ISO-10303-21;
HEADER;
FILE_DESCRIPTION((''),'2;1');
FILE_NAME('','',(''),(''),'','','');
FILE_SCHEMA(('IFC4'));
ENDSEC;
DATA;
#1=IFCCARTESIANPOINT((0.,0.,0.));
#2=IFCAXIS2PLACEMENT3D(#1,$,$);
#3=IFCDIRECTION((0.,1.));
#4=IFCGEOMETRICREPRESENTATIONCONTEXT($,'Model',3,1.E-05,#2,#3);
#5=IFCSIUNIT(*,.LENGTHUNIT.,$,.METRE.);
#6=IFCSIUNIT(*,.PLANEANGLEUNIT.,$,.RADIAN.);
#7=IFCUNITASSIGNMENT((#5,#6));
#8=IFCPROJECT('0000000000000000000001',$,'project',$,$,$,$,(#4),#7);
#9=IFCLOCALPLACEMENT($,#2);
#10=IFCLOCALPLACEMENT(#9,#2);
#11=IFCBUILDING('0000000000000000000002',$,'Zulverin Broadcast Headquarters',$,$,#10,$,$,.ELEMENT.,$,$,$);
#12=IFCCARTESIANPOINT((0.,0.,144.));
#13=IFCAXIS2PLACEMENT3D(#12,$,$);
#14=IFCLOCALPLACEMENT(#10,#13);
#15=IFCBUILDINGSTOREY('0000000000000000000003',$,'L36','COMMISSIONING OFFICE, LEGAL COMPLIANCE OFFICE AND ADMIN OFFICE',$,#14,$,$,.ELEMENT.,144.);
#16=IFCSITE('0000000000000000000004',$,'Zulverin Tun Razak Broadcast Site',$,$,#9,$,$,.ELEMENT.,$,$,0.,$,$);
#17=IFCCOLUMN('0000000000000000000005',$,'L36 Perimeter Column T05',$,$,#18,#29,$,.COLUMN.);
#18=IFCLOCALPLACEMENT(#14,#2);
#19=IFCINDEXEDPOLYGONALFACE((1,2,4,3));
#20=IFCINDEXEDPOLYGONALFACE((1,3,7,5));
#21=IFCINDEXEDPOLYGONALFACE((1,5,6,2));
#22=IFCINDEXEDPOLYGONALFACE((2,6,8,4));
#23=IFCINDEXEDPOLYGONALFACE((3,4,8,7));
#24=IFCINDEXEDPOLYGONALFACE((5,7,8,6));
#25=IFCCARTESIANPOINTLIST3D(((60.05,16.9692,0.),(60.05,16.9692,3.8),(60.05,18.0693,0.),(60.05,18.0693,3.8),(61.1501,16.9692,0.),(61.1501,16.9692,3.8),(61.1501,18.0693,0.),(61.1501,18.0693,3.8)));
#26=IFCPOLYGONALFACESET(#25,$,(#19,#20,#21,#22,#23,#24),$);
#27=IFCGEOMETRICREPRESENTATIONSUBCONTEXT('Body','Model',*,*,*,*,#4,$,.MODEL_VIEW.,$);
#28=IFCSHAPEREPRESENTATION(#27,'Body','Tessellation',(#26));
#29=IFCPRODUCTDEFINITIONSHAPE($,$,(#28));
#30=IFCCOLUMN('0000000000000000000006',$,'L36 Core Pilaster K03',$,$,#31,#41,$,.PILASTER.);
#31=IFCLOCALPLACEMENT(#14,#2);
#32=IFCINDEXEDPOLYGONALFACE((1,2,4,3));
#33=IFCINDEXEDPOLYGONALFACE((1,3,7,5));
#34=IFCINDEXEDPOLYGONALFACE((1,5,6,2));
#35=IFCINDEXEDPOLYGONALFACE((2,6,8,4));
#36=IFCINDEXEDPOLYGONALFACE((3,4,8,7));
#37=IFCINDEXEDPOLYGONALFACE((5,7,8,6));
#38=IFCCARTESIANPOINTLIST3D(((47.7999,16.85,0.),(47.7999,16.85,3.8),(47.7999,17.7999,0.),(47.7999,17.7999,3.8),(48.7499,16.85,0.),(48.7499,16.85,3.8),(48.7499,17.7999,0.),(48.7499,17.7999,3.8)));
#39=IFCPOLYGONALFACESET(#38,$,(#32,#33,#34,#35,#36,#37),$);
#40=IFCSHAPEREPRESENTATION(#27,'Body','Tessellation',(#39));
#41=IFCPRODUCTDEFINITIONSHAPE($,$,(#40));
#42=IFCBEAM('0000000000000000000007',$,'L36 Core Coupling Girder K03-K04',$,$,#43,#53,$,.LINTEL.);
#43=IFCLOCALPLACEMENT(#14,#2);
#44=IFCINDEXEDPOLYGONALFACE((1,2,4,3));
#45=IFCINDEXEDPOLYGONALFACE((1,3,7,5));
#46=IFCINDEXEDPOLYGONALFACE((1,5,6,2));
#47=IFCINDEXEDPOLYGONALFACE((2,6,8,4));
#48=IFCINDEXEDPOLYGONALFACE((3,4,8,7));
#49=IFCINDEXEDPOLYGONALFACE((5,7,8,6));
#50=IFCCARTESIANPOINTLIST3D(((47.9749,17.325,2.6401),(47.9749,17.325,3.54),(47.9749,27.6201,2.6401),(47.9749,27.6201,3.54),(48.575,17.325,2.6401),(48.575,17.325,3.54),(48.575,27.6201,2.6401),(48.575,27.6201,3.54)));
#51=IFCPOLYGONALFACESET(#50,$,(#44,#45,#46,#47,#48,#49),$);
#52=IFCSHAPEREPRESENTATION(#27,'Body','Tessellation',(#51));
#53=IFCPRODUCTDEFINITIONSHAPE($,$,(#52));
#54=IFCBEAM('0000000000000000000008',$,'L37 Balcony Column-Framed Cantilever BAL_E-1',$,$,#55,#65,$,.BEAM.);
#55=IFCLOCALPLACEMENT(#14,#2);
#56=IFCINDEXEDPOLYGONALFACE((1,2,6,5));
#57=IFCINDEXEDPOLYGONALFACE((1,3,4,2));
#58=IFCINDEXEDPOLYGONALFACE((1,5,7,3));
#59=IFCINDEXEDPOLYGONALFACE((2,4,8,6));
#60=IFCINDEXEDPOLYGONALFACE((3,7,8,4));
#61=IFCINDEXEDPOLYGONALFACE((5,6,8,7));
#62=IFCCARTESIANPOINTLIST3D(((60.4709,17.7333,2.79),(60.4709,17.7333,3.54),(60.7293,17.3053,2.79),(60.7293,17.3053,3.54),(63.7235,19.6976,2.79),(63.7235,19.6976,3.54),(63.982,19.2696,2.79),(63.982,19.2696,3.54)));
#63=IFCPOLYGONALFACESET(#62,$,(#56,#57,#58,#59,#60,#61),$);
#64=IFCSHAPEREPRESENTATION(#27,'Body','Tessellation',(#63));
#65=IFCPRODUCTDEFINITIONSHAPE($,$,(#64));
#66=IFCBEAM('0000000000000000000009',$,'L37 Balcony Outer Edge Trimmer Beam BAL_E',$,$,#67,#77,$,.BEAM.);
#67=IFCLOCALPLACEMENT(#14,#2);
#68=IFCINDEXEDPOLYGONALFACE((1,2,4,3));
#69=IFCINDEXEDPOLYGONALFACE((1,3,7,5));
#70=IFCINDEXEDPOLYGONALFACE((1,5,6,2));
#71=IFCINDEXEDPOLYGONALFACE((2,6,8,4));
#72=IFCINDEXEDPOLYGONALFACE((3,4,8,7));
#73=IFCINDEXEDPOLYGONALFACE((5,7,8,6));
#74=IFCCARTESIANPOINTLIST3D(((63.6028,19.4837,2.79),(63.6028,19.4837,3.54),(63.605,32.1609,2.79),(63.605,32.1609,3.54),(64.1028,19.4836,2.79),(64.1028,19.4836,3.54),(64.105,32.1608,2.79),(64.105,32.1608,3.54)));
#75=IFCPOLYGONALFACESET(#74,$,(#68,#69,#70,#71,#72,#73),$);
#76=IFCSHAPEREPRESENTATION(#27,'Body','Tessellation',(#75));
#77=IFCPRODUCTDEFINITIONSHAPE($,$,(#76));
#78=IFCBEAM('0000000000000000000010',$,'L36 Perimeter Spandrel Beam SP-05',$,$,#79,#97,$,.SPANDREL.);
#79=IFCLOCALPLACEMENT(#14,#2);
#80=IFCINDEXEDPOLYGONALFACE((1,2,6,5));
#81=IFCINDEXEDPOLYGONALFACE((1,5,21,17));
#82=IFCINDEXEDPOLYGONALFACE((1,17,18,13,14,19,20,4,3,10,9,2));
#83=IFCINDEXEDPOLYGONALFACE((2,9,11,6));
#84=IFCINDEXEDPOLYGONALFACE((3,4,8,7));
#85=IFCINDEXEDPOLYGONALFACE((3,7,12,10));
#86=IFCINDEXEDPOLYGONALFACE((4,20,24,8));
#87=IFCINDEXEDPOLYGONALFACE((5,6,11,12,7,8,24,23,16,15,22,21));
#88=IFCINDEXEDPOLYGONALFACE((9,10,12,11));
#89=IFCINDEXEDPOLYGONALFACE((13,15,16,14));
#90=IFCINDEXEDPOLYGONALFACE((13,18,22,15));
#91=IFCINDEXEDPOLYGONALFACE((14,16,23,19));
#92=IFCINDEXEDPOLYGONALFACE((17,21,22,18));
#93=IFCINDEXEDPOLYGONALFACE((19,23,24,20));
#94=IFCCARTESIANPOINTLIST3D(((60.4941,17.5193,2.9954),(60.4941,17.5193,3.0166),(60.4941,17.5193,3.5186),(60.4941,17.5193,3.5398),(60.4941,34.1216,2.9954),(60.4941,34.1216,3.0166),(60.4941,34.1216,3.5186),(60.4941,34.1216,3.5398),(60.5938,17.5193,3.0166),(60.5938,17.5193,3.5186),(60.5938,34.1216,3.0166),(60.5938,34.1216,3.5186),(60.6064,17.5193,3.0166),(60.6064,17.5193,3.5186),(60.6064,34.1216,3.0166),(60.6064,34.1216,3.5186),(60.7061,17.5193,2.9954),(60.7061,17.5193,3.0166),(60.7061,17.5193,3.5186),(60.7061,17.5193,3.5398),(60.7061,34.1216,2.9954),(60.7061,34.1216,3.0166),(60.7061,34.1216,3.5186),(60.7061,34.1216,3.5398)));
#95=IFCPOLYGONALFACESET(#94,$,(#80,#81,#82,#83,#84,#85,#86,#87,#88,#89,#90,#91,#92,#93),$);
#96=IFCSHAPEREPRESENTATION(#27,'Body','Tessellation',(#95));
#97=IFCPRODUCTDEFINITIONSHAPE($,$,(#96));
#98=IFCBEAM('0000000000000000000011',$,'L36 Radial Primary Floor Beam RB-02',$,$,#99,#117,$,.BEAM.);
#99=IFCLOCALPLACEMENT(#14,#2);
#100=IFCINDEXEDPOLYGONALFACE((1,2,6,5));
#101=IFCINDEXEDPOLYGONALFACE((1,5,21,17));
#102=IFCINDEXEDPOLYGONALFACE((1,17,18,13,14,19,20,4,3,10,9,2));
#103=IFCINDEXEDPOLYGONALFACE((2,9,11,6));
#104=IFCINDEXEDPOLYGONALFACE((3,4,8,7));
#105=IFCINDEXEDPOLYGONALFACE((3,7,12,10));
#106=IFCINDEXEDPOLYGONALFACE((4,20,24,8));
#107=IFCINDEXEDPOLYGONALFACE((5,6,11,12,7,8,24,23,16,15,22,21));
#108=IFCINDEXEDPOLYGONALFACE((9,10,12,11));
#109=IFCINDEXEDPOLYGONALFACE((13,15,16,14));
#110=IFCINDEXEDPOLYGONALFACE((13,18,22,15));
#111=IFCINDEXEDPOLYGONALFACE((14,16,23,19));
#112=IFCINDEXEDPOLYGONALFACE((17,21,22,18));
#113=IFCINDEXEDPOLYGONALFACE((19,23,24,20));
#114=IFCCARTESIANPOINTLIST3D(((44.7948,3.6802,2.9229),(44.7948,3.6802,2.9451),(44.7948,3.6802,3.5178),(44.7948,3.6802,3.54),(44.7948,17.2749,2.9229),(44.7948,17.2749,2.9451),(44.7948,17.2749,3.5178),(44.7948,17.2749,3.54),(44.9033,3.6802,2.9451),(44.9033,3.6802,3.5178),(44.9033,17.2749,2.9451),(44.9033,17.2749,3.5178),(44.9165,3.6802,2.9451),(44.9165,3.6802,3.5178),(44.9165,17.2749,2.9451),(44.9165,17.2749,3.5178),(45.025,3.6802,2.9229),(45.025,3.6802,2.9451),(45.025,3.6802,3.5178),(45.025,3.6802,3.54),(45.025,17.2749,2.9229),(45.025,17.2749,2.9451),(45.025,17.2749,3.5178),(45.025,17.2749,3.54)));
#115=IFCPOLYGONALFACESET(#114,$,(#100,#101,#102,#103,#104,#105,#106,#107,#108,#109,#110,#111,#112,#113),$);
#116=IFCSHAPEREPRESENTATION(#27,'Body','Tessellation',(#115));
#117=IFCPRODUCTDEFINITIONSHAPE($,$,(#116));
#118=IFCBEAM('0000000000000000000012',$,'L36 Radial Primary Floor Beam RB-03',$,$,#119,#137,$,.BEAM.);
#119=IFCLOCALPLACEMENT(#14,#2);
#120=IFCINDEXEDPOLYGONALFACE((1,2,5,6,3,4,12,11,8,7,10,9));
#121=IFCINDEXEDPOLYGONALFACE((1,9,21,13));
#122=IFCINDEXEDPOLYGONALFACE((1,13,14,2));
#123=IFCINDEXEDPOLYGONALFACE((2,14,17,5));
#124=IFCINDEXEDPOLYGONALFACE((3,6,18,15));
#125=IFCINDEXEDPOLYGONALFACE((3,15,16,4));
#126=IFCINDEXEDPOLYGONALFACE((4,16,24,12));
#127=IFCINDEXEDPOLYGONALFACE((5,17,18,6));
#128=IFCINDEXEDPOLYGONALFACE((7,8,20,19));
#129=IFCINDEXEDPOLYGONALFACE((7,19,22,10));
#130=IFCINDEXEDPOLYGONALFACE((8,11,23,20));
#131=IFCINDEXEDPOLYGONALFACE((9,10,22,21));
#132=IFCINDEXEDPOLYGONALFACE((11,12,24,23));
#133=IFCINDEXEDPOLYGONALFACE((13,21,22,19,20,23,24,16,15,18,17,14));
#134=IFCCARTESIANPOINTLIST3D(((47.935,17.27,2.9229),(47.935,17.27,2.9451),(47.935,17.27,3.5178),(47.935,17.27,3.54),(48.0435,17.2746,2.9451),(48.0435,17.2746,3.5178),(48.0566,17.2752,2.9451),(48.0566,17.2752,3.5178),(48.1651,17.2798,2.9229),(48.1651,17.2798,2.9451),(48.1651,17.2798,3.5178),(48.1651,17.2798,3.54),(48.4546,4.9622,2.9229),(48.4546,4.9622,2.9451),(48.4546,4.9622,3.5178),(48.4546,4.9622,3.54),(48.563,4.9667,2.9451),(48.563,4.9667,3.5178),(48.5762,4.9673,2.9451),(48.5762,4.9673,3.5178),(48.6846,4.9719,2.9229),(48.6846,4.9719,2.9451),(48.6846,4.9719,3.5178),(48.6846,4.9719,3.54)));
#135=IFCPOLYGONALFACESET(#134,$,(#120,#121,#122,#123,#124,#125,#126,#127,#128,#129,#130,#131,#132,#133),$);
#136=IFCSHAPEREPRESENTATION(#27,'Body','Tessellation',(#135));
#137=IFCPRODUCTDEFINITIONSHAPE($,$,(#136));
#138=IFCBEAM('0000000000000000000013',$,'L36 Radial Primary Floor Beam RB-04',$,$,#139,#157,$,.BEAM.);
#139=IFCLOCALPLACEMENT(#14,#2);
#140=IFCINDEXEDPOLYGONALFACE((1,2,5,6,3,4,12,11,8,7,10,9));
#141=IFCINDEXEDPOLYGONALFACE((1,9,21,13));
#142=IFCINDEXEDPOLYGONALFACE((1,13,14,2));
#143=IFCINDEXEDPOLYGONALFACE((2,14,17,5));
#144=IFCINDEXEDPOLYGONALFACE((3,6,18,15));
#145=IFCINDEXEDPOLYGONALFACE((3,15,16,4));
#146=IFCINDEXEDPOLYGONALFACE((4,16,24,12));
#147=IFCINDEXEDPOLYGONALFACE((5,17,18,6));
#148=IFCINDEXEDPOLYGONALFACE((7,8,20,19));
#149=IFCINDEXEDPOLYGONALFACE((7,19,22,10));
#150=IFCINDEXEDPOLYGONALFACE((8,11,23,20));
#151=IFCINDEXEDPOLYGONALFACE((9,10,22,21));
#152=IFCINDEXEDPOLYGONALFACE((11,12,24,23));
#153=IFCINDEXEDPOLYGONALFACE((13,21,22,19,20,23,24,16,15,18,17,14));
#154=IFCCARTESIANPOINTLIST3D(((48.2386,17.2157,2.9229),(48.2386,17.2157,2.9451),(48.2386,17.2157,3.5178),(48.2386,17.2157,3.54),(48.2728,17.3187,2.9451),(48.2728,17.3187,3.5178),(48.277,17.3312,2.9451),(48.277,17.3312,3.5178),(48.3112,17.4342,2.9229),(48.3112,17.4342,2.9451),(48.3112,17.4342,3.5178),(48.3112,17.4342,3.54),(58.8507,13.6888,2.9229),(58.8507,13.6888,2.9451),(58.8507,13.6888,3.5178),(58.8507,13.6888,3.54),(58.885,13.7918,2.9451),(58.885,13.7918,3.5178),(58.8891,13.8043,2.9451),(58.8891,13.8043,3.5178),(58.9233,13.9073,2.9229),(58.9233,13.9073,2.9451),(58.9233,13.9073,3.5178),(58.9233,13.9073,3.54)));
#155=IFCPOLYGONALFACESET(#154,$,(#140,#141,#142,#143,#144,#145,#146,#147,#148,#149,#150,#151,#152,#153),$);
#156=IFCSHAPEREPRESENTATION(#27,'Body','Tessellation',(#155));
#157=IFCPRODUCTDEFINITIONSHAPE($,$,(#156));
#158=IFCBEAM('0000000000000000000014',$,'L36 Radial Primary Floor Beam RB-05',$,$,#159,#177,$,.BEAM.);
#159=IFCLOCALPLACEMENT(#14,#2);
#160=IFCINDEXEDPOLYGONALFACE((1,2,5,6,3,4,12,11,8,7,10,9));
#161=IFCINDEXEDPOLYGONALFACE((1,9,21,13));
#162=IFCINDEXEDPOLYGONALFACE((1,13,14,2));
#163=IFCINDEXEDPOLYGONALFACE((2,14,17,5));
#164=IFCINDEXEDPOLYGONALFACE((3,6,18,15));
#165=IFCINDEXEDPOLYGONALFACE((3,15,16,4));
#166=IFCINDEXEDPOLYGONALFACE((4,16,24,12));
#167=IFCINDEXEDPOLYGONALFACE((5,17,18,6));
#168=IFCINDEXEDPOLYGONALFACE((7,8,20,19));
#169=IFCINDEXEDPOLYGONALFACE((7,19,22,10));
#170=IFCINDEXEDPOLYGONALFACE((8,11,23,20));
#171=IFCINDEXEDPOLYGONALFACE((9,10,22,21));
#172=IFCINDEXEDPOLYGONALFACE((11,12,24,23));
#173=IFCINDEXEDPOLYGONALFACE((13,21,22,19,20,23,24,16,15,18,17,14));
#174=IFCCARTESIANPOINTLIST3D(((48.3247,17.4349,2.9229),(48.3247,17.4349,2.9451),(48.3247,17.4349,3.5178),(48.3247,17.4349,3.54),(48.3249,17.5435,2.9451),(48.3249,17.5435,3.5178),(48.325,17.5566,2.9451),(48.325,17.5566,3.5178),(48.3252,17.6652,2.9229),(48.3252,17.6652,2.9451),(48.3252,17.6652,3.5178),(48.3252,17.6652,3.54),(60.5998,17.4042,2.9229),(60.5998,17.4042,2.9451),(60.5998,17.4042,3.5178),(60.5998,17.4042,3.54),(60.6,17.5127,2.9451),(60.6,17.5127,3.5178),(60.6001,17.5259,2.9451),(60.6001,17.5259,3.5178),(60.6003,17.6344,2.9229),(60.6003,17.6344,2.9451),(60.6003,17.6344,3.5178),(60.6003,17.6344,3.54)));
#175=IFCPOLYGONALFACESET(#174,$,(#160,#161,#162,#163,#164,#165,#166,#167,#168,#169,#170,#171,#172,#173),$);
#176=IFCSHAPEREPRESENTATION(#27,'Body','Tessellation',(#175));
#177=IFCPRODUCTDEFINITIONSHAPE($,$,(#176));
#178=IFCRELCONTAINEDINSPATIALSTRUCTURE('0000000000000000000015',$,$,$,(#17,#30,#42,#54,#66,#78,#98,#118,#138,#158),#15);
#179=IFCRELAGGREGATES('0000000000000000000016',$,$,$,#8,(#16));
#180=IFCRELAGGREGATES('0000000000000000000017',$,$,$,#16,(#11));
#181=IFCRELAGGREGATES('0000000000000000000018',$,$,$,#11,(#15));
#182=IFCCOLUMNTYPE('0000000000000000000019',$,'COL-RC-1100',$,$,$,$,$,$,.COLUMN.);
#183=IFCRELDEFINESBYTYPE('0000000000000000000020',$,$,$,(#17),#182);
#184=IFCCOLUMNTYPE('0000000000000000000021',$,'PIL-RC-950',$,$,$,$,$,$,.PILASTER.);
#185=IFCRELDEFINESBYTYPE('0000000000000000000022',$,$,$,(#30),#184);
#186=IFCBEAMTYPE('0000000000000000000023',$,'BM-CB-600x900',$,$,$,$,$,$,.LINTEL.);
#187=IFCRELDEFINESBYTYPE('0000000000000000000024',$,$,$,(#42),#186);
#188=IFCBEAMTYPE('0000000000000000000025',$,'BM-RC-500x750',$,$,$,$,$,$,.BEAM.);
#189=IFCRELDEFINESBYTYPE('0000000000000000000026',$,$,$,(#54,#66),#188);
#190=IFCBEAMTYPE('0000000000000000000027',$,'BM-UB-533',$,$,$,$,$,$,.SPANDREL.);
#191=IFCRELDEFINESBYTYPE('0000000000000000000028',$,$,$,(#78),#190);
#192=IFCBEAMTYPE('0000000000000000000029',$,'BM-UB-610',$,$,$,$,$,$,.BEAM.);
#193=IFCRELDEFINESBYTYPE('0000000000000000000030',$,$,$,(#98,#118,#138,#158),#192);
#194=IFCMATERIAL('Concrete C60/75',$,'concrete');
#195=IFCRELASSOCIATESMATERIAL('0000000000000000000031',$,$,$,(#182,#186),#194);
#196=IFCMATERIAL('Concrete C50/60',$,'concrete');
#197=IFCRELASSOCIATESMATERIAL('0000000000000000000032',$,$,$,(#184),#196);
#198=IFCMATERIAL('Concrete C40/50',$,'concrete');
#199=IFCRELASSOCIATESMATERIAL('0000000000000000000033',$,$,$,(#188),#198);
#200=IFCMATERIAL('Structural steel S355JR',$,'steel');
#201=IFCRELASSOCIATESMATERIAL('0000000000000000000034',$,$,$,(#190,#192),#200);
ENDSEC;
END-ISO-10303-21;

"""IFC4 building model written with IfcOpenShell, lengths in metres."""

from ifc_helpers import new_model, si_unit, direction, frame, origin, origin_2d, place, context, subcontext, project, spatial, rectangle, i_section, extrude, material, material_profile, profile_set, type_object, element, save


model = new_model("IFC4")

# Units and contexts
model_context = context("Model", 3, precision=1e-05, world=origin(), true_north=direction((0.0, 1.0)))
body_context = subcontext(model_context, "Body", "Model", "MODEL_VIEW")
ifc_project = project(units=[si_unit("LENGTHUNIT", "METRE"), si_unit("PLANEANGLEUNIT", "RADIAN")], contexts=[model_context])

# Site, building, storey
site_placement = place(None, origin())
site = spatial("IfcSite", under=ifc_project, at=site_placement, Name="Zulverin Tun Razak Broadcast Site", CompositionType="ELEMENT", RefElevation=0.0)
building_placement = place(site_placement, origin())
building = spatial("IfcBuilding", under=site, at=building_placement, Name="Zulverin Broadcast Headquarters", CompositionType="ELEMENT")
storey_placement = place(building_placement, frame((0.0, 0.0, 144.0)))
storey = spatial("IfcBuildingStorey", under=building, at=storey_placement, Name="L36", Description="COMMISSIONING OFFICE, LEGAL COMPLIANCE OFFICE AND ADMIN OFFICE", CompositionType="ELEMENT", Elevation=144.0)

# Columns
ifc_material_1 = material(Name="Concrete C60/75", Category="concrete")
ifc_material_profile_1 = material_profile(ifc_material_1, rectangle(XDim=1.1001, YDim=1.1001, at=origin_2d()), Name="Concrete C60/75", Category="concrete")
ifc_profile_set_1 = profile_set([ifc_material_profile_1], Name="Concrete C60/75")
column_type_1 = type_object("IfcColumnType", Name="COL-RC-1100", PredefinedType="COLUMN", material=ifc_profile_set_1)
column_1_placement = place(storey_placement, frame((60.6001, 17.5193, 0.0), z_axis=(0.0, 0.0, 1.0), x_axis=(1.0, 0.0, 0.0)))
element("IfcColumn", 1, at=column_1_placement, inside=storey, type_object=column_type_1, Name="L36 Perimeter Column T05", PredefinedType="COLUMN", context=body_context, shape_type="SweptSolid", body=[
    extrude(rectangle(XDim=1.1001, YDim=1.1001, at=origin_2d()), origin(), (0.0, 0.0, 1.0), 3.8),
])
ifc_material_2 = material(Name="Concrete C50/60", Category="concrete")
ifc_material_profile_2 = material_profile(ifc_material_2, rectangle(XDim=0.95, YDim=0.95, at=origin_2d()), Name="Concrete C50/60", Category="concrete")
ifc_profile_set_2 = profile_set([ifc_material_profile_2], Name="Concrete C50/60")
column_type_2 = type_object("IfcColumnType", Name="PIL-RC-950", PredefinedType="PILASTER", material=ifc_profile_set_2)
column_2_placement = place(storey_placement, frame((48.2749, 17.325, 0.0), z_axis=(0.0, 0.0, 1.0), x_axis=(1.0, 0.0, 0.0)))
element("IfcColumn", 2, at=column_2_placement, inside=storey, type_object=column_type_2, Name="L36 Core Pilaster K03", PredefinedType="PILASTER", context=body_context, shape_type="SweptSolid", body=[
    extrude(rectangle(XDim=0.95, YDim=0.95, at=origin_2d()), origin(), (0.0, 0.0, 1.0), 3.8),
])

# Beams
ifc_material_profile_3 = material_profile(ifc_material_1, rectangle(XDim=0.6001, YDim=0.8999, at=origin_2d()), Name="Concrete C60/75", Category="concrete")
ifc_profile_set_3 = profile_set([ifc_material_profile_3], Name="Concrete C60/75")
beam_type_1 = type_object("IfcBeamType", Name="BM-CB-600x900", PredefinedType="LINTEL", material=ifc_profile_set_3)
beam_1_placement = place(storey_placement, frame((48.2749, 17.325, 3.0901), z_axis=(0.0, 1.0, 0.0), x_axis=(-1.0, 0.0, 0.0)))
element("IfcBeam", 3, at=beam_1_placement, inside=storey, type_object=beam_type_1, Name="L36 Core Coupling Girder K03-K04", PredefinedType="LINTEL", context=body_context, shape_type="SweptSolid", body=[
    extrude(rectangle(XDim=0.6001, YDim=0.8999, at=origin_2d()), origin(), (0.0, 0.0, 1.0), 10.2952),
])
ifc_material_3 = material(Name="Concrete C40/50", Category="concrete")
ifc_material_profile_4 = material_profile(ifc_material_3, rectangle(XDim=0.5, YDim=0.75, at=origin_2d()), Name="Concrete C40/50", Category="concrete")
ifc_profile_set_4 = profile_set([ifc_material_profile_4], Name="Concrete C40/50")
beam_type_2 = type_object("IfcBeamType", Name="BM-RC-500x750", PredefinedType="BEAM", material=ifc_profile_set_4)
beam_2_placement = place(storey_placement, frame((60.6001, 17.5193, 3.165), z_axis=(0.85601, 0.51696, 0.0), x_axis=(-0.51696, 0.85601, 0.0)))
element("IfcBeam", 4, at=beam_2_placement, inside=storey, type_object=beam_type_2, Name="L37 Balcony Column-Framed Cantilever BAL_E-1", PredefinedType="BEAM", context=body_context, shape_type="SweptSolid", body=[
    extrude(rectangle(XDim=0.5, YDim=0.75, at=origin_2d()), origin(), (0.0, 0.0, 1.0), 3.7998),
])
beam_3_placement = place(storey_placement, frame((63.8528, 19.4836, 3.165), z_axis=(0.000173, 1.0, 0.0), x_axis=(-1.0, 0.000173, 0.0)))
element("IfcBeam", 5, at=beam_3_placement, inside=storey, type_object=beam_type_2, Name="L37 Balcony Outer Edge Trimmer Beam BAL_E", PredefinedType="BEAM", context=body_context, shape_type="SweptSolid", body=[
    extrude(rectangle(XDim=0.5, YDim=0.75, at=origin_2d()), origin(), (0.0, 0.0, 1.0), 12.6772),
])
ifc_material_4 = material(Name="Structural steel S355JR", Category="steel")
ifc_material_profile_5 = material_profile(ifc_material_4, i_section(OverallWidth=0.2119, OverallDepth=0.5444, WebThickness=0.0127, FlangeThickness=0.0212, at=origin_2d()), Name="Structural steel S355JR", Category="steel")
ifc_profile_set_5 = profile_set([ifc_material_profile_5], Name="Structural steel S355JR")
beam_type_3 = type_object("IfcBeamType", Name="BM-UB-533", PredefinedType="SPANDREL", material=ifc_profile_set_5)
beam_4_placement = place(storey_placement, frame((60.6001, 17.5193, 3.2676), z_axis=(0.0, 1.0, 0.0), x_axis=(-1.0, 0.0, 0.0)))
element("IfcBeam", 6, at=beam_4_placement, inside=storey, type_object=beam_type_3, Name="L36 Perimeter Spandrel Beam SP-05", PredefinedType="SPANDREL", context=body_context, shape_type="SweptSolid", body=[
    extrude(i_section(OverallWidth=0.2119, OverallDepth=0.5444, WebThickness=0.0127, FlangeThickness=0.0212, at=origin_2d()), origin(), (0.0, 0.0, 1.0), 16.6023),
])
ifc_material_profile_6 = material_profile(ifc_material_4, i_section(OverallWidth=0.2302, OverallDepth=0.6172, WebThickness=0.0132, FlangeThickness=0.0222, at=origin_2d()), Name="Structural steel S355JR", Category="steel")
ifc_profile_set_6 = profile_set([ifc_material_profile_6], Name="Structural steel S355JR")
beam_type_4 = type_object("IfcBeamType", Name="BM-UB-610", PredefinedType="BEAM", material=ifc_profile_set_6)
beam_5_placement = place(storey_placement, frame((44.9099, 17.2749, 3.2314), z_axis=(0.0, -1.0, 0.0), x_axis=(1.0, 0.0, 0.0)))
element("IfcBeam", 7, at=beam_5_placement, inside=storey, type_object=beam_type_4, Name="L36 Radial Primary Floor Beam RB-02", PredefinedType="BEAM", context=body_context, shape_type="SweptSolid", body=[
    extrude(i_section(OverallWidth=0.2302, OverallDepth=0.6172, WebThickness=0.0132, FlangeThickness=0.0222, at=origin_2d()), origin(), (0.0, 0.0, 1.0), 13.5947),
])
beam_6_placement = place(storey_placement, frame((48.05, 17.2749, 3.2314), z_axis=(0.042174, -0.99911, 0.0), x_axis=(0.99911, 0.042174, 0.0)))
element("IfcBeam", 8, at=beam_6_placement, inside=storey, type_object=beam_type_4, Name="L36 Radial Primary Floor Beam RB-03", PredefinedType="BEAM", context=body_context, shape_type="SweptSolid", body=[
    extrude(i_section(OverallWidth=0.2302, OverallDepth=0.6172, WebThickness=0.0132, FlangeThickness=0.0222, at=origin_2d()), origin(), (0.0, 0.0, 1.0), 12.3188),
])
beam_7_placement = place(storey_placement, frame((48.2749, 17.325, 3.2314), z_axis=(0.948965, -0.315383, 0.0), x_axis=(0.315383, 0.948965, 0.0)))
element("IfcBeam", 9, at=beam_7_placement, inside=storey, type_object=beam_type_4, Name="L36 Radial Primary Floor Beam RB-04", PredefinedType="BEAM", context=body_context, shape_type="SweptSolid", body=[
    extrude(i_section(OverallWidth=0.2302, OverallDepth=0.6172, WebThickness=0.0132, FlangeThickness=0.0222, at=origin_2d()), origin(), (0.0, 0.0, 1.0), 11.1829),
])
beam_8_placement = place(storey_placement, frame((48.325, 17.55, 3.2314), z_axis=(0.999997, -0.002506, 0.0), x_axis=(0.002506, 0.999997, 0.0)))
element("IfcBeam", 10, at=beam_8_placement, inside=storey, type_object=beam_type_4, Name="L36 Radial Primary Floor Beam RB-05", PredefinedType="BEAM", context=body_context, shape_type="SweptSolid", body=[
    extrude(i_section(OverallWidth=0.2302, OverallDepth=0.6172, WebThickness=0.0132, FlangeThickness=0.0222, at=origin_2d()), origin(), (0.0, 0.0, 1.0), 12.2751),
])

save(model, "model.ifc")
